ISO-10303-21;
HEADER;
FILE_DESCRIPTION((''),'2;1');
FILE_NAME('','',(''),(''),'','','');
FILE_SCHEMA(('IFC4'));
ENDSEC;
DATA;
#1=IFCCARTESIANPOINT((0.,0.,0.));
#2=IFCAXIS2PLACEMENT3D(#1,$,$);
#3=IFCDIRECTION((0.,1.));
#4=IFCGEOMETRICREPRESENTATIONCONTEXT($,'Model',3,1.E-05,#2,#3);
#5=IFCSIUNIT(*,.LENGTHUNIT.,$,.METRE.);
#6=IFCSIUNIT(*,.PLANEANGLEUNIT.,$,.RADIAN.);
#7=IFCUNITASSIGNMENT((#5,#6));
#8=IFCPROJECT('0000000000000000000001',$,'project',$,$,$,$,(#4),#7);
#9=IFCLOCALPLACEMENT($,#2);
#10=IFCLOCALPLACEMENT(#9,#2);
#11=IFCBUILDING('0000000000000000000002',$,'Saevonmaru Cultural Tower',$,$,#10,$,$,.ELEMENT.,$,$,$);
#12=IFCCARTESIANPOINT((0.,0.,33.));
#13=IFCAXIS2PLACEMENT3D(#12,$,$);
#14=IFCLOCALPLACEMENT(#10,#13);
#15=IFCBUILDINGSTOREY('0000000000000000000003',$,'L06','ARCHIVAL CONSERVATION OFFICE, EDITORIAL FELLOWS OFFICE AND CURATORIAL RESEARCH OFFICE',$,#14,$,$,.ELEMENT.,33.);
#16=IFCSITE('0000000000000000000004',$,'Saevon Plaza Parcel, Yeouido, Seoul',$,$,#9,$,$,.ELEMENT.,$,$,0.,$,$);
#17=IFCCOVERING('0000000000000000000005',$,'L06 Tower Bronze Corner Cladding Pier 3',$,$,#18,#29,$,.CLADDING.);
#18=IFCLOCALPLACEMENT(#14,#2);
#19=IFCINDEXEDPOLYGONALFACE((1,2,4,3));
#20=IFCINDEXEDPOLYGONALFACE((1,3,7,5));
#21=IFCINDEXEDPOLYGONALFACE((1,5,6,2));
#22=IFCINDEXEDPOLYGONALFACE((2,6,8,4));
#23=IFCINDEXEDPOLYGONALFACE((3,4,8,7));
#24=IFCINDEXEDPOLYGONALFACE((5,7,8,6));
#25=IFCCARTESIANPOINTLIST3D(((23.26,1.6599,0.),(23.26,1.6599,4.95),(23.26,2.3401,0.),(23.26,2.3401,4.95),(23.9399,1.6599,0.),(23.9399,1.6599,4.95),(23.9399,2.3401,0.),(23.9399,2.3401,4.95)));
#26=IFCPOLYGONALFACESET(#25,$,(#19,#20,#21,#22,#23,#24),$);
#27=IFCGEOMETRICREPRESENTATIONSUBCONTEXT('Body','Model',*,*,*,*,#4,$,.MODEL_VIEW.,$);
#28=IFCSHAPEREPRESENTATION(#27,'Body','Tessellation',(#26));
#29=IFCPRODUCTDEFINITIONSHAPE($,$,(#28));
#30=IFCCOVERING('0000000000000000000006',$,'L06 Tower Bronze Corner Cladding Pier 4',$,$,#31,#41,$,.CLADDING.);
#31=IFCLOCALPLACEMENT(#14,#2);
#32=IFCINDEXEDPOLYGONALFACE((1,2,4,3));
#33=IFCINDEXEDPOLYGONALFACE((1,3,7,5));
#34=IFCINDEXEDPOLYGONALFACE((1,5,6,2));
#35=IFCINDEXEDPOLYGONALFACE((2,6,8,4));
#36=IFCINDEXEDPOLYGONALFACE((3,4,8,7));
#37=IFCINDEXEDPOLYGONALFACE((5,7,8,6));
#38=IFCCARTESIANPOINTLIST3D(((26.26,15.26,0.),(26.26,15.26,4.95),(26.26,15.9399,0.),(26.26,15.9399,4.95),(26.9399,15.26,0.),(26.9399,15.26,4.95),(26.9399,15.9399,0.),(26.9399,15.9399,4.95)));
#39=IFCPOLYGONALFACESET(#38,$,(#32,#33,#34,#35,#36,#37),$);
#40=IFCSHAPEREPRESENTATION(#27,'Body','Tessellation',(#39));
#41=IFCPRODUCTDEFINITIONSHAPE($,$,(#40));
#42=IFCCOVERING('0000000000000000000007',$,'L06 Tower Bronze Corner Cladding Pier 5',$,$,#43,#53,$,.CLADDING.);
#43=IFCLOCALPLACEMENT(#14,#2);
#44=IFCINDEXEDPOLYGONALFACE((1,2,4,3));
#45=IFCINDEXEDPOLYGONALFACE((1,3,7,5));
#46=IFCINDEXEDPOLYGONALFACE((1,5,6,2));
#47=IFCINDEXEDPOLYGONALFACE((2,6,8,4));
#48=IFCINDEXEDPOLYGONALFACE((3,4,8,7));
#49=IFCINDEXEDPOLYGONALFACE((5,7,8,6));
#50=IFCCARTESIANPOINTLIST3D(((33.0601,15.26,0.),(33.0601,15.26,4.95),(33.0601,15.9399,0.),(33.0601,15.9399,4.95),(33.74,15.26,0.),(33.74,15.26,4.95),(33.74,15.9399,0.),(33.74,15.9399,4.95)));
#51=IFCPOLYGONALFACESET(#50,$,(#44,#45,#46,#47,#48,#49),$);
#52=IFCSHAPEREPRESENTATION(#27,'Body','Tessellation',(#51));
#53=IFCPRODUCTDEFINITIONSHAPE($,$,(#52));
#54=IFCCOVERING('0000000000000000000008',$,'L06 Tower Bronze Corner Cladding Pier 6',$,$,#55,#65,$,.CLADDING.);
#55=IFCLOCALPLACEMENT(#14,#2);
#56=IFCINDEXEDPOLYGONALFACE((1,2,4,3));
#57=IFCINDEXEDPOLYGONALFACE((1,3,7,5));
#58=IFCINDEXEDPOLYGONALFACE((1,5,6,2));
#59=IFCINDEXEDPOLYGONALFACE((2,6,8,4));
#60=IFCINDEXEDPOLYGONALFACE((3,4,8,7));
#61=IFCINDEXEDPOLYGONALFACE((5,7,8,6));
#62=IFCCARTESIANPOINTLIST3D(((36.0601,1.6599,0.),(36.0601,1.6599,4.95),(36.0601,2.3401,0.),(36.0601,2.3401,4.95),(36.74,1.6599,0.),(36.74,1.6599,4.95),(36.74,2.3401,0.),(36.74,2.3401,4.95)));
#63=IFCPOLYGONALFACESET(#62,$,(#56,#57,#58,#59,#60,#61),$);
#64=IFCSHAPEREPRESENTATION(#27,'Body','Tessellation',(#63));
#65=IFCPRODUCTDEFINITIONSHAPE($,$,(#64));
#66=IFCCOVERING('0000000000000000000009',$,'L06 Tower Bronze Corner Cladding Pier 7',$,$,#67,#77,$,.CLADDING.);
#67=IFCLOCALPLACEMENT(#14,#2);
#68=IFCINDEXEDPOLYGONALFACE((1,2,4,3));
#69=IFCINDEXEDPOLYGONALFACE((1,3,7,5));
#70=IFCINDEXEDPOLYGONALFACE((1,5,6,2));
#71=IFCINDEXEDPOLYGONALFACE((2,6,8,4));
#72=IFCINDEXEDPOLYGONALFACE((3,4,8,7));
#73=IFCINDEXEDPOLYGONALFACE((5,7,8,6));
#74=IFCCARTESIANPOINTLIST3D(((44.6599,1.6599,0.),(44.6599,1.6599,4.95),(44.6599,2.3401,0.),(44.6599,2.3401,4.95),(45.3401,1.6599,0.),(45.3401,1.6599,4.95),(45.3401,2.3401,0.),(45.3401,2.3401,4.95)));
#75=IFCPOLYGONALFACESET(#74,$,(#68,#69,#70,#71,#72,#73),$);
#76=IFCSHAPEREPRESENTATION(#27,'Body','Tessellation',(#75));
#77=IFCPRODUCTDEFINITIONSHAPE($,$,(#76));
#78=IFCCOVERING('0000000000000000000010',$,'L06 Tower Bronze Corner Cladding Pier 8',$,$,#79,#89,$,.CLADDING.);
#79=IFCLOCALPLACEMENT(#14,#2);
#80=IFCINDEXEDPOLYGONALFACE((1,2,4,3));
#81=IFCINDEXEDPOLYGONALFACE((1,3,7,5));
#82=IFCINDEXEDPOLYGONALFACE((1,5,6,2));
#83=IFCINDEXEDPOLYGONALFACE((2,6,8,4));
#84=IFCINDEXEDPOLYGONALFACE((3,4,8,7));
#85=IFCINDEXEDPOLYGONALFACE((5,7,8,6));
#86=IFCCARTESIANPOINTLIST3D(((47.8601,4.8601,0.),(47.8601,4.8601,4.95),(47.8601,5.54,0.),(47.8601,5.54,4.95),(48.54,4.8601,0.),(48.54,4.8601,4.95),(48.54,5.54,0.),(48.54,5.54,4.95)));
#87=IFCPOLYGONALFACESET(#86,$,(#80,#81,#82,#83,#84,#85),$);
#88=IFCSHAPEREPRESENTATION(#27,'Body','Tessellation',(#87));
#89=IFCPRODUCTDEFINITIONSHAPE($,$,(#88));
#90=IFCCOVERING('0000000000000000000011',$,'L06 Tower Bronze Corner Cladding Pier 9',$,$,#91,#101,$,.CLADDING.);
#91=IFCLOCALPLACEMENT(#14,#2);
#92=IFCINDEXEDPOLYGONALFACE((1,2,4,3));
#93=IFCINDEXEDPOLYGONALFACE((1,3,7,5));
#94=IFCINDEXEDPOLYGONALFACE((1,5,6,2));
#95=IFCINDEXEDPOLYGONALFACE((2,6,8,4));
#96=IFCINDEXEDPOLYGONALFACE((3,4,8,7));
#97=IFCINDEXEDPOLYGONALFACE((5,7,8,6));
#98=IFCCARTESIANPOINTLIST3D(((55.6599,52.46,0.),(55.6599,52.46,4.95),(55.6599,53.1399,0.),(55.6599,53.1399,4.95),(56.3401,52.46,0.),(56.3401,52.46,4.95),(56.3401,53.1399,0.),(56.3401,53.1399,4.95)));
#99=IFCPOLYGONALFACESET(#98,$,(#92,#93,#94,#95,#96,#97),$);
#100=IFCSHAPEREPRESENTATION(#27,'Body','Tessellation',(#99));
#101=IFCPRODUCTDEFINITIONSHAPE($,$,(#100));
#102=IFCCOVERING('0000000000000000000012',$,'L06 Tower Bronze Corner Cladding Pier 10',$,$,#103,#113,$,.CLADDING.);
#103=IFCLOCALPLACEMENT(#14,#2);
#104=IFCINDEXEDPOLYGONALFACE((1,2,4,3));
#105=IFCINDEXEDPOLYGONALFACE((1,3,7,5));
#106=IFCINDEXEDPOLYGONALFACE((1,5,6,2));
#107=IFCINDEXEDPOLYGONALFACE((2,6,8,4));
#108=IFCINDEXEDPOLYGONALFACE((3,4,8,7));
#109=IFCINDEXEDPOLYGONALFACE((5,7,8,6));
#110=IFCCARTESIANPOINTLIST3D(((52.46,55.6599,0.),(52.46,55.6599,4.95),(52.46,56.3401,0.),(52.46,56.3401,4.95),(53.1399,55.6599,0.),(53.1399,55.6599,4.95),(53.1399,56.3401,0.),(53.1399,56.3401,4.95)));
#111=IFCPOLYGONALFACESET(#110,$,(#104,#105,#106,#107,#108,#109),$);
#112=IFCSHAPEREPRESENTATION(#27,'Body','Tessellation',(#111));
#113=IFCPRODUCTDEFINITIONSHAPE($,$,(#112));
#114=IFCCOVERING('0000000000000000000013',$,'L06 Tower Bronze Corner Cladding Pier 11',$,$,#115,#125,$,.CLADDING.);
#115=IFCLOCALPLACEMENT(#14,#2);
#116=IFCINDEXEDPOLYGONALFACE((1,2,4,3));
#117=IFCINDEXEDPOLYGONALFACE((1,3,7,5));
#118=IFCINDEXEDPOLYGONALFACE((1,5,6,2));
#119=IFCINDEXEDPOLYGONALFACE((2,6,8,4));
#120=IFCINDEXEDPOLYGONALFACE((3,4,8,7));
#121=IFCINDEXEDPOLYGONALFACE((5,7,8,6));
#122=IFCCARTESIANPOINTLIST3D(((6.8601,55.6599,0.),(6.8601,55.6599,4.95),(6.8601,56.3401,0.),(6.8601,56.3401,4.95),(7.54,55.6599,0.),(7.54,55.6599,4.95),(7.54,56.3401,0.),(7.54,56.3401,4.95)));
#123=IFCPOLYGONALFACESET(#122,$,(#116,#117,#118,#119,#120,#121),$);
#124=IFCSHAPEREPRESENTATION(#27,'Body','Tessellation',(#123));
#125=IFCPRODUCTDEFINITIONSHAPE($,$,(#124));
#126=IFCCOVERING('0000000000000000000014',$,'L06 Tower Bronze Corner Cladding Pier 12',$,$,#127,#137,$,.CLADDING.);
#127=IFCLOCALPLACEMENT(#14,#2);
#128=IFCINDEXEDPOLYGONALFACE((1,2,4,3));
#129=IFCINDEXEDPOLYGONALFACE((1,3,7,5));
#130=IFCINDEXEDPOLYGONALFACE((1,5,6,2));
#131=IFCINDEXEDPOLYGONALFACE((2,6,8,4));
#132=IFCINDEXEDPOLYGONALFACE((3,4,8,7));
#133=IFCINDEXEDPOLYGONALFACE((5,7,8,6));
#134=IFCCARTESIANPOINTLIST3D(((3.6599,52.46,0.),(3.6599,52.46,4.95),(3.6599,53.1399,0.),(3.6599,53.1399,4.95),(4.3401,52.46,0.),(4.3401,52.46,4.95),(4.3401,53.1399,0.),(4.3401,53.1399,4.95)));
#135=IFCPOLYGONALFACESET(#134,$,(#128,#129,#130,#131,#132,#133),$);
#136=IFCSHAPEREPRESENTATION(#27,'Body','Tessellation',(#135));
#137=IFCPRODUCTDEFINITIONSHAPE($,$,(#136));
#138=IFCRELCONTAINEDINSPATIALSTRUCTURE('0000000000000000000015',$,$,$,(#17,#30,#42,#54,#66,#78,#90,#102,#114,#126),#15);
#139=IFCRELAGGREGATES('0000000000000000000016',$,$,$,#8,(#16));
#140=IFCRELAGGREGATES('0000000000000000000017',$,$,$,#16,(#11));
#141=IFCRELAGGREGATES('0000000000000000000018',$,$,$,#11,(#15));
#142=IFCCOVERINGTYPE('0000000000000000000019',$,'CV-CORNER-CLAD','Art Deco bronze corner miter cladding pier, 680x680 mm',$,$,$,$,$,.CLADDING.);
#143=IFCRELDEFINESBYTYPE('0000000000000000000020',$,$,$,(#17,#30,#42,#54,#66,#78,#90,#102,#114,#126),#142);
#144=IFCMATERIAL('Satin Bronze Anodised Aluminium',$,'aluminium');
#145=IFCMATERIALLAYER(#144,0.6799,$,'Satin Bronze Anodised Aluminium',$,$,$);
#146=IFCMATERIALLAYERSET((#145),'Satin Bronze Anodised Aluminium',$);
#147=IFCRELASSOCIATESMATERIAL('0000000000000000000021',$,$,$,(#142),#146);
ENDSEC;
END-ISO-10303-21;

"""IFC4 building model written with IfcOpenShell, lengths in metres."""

from ifc_helpers import new_model, si_unit, direction, frame, origin, place, context, subcontext, project, spatial, polyline, outline, extrude, material, layer, layer_set, type_object, element, save


model = new_model("IFC4")

# Units and contexts
model_context = context("Model", 3, precision=1e-05, world=origin(), true_north=direction((0.0, 1.0)))
body_context = subcontext(model_context, "Body", "Model", "MODEL_VIEW")
ifc_project = project(units=[si_unit("LENGTHUNIT", "METRE"), si_unit("PLANEANGLEUNIT", "RADIAN")], contexts=[model_context])

# Site, building, storey
site_placement = place(None, origin())
site = spatial("IfcSite", under=ifc_project, at=site_placement, Name="Saevon Plaza Parcel, Yeouido, Seoul", CompositionType="ELEMENT", RefElevation=0.0)
building_placement = place(site_placement, origin())
building = spatial("IfcBuilding", under=site, at=building_placement, Name="Saevonmaru Cultural Tower", CompositionType="ELEMENT")
storey_placement = place(building_placement, frame((0.0, 0.0, 33.0)))
storey = spatial("IfcBuildingStorey", under=building, at=storey_placement, Name="L06", Description="ARCHIVAL CONSERVATION OFFICE, EDITORIAL FELLOWS OFFICE AND CURATORIAL RESEARCH OFFICE", CompositionType="ELEMENT", Elevation=33.0)

# Shared definitions
ifc_material_1 = material(Name="Satin Bronze Anodised Aluminium", Category="aluminium")

# Coverings
ifc_layer_1 = layer(ifc_material_1, 0.6799, Name="Satin Bronze Anodised Aluminium")
ifc_layer_set_1 = layer_set([ifc_layer_1], Name="Satin Bronze Anodised Aluminium")
covering_type = type_object("IfcCoveringType", Name="CV-CORNER-CLAD", Description="Art Deco bronze corner miter cladding pier, 680x680 mm", PredefinedType="CLADDING", material=ifc_layer_set_1)
covering_1_placement = place(storey_placement, origin())
element("IfcCovering", 1, at=covering_1_placement, inside=storey, type_object=covering_type, Name="L06 Tower Bronze Corner Cladding Pier 3", PredefinedType="CLADDING", context=body_context, shape_type="SweptSolid", body=[
    extrude(outline(polyline([(23.26, 1.6599), (23.9399, 1.6599), (23.9399, 2.3401), (23.26, 2.3401), (23.26, 1.6599)])), origin(), (0.0, 0.0, 1.0), 4.95),
])
covering_2_placement = place(storey_placement, origin())
element("IfcCovering", 2, at=covering_2_placement, inside=storey, type_object=covering_type, Name="L06 Tower Bronze Corner Cladding Pier 4", PredefinedType="CLADDING", context=body_context, shape_type="SweptSolid", body=[
    extrude(outline(polyline([(26.26, 15.26), (26.9399, 15.26), (26.9399, 15.9399), (26.26, 15.9399), (26.26, 15.26)])), origin(), (0.0, 0.0, 1.0), 4.95),
])
covering_3_placement = place(storey_placement, origin())
element("IfcCovering", 3, at=covering_3_placement, inside=storey, type_object=covering_type, Name="L06 Tower Bronze Corner Cladding Pier 5", PredefinedType="CLADDING", context=body_context, shape_type="SweptSolid", body=[
    extrude(outline(polyline([(33.0601, 15.26), (33.74, 15.26), (33.74, 15.9399), (33.0601, 15.9399), (33.0601, 15.26)])), origin(), (0.0, 0.0, 1.0), 4.95),
])
covering_4_placement = place(storey_placement, origin())
element("IfcCovering", 4, at=covering_4_placement, inside=storey, type_object=covering_type, Name="L06 Tower Bronze Corner Cladding Pier 6", PredefinedType="CLADDING", context=body_context, shape_type="SweptSolid", body=[
    extrude(outline(polyline([(36.0601, 1.6599), (36.74, 1.6599), (36.74, 2.3401), (36.0601, 2.3401), (36.0601, 1.6599)])), origin(), (0.0, 0.0, 1.0), 4.95),
])
covering_5_placement = place(storey_placement, origin())
element("IfcCovering", 5, at=covering_5_placement, inside=storey, type_object=covering_type, Name="L06 Tower Bronze Corner Cladding Pier 7", PredefinedType="CLADDING", context=body_context, shape_type="SweptSolid", body=[
    extrude(outline(polyline([(44.6599, 1.6599), (45.3401, 1.6599), (45.3401, 2.3401), (44.6599, 2.3401), (44.6599, 1.6599)])), origin(), (0.0, 0.0, 1.0), 4.95),
])
covering_6_placement = place(storey_placement, origin())
element("IfcCovering", 6, at=covering_6_placement, inside=storey, type_object=covering_type, Name="L06 Tower Bronze Corner Cladding Pier 8", PredefinedType="CLADDING", context=body_context, shape_type="SweptSolid", body=[
    extrude(outline(polyline([(47.8601, 4.8601), (48.54, 4.8601), (48.54, 5.54), (47.8601, 5.54), (47.8601, 4.8601)])), origin(), (0.0, 0.0, 1.0), 4.95),
])
covering_7_placement = place(storey_placement, origin())
element("IfcCovering", 7, at=covering_7_placement, inside=storey, type_object=covering_type, Name="L06 Tower Bronze Corner Cladding Pier 9", PredefinedType="CLADDING", context=body_context, shape_type="SweptSolid", body=[
    extrude(outline(polyline([(55.6599, 52.46), (56.3401, 52.46), (56.3401, 53.1399), (55.6599, 53.1399), (55.6599, 52.46)])), origin(), (0.0, 0.0, 1.0), 4.95),
])
covering_8_placement = place(storey_placement, origin())
element("IfcCovering", 8, at=covering_8_placement, inside=storey, type_object=covering_type, Name="L06 Tower Bronze Corner Cladding Pier 10", PredefinedType="CLADDING", context=body_context, shape_type="SweptSolid", body=[
    extrude(outline(polyline([(52.46, 55.6599), (53.1399, 55.6599), (53.1399, 56.3401), (52.46, 56.3401), (52.46, 55.6599)])), origin(), (0.0, 0.0, 1.0), 4.95),
])
covering_9_placement = place(storey_placement, origin())
element("IfcCovering", 9, at=covering_9_placement, inside=storey, type_object=covering_type, Name="L06 Tower Bronze Corner Cladding Pier 11", PredefinedType="CLADDING", context=body_context, shape_type="SweptSolid", body=[
    extrude(outline(polyline([(6.8601, 55.6599), (7.54, 55.6599), (7.54, 56.3401), (6.8601, 56.3401), (6.8601, 55.6599)])), origin(), (0.0, 0.0, 1.0), 4.95),
])
covering_10_placement = place(storey_placement, origin())
element("IfcCovering", 10, at=covering_10_placement, inside=storey, type_object=covering_type, Name="L06 Tower Bronze Corner Cladding Pier 12", PredefinedType="CLADDING", context=body_context, shape_type="SweptSolid", body=[
    extrude(outline(polyline([(3.6599, 52.46), (4.3401, 52.46), (4.3401, 53.1399), (3.6599, 53.1399), (3.6599, 52.46)])), origin(), (0.0, 0.0, 1.0), 4.95),
])

save(model, "model.ifc")
